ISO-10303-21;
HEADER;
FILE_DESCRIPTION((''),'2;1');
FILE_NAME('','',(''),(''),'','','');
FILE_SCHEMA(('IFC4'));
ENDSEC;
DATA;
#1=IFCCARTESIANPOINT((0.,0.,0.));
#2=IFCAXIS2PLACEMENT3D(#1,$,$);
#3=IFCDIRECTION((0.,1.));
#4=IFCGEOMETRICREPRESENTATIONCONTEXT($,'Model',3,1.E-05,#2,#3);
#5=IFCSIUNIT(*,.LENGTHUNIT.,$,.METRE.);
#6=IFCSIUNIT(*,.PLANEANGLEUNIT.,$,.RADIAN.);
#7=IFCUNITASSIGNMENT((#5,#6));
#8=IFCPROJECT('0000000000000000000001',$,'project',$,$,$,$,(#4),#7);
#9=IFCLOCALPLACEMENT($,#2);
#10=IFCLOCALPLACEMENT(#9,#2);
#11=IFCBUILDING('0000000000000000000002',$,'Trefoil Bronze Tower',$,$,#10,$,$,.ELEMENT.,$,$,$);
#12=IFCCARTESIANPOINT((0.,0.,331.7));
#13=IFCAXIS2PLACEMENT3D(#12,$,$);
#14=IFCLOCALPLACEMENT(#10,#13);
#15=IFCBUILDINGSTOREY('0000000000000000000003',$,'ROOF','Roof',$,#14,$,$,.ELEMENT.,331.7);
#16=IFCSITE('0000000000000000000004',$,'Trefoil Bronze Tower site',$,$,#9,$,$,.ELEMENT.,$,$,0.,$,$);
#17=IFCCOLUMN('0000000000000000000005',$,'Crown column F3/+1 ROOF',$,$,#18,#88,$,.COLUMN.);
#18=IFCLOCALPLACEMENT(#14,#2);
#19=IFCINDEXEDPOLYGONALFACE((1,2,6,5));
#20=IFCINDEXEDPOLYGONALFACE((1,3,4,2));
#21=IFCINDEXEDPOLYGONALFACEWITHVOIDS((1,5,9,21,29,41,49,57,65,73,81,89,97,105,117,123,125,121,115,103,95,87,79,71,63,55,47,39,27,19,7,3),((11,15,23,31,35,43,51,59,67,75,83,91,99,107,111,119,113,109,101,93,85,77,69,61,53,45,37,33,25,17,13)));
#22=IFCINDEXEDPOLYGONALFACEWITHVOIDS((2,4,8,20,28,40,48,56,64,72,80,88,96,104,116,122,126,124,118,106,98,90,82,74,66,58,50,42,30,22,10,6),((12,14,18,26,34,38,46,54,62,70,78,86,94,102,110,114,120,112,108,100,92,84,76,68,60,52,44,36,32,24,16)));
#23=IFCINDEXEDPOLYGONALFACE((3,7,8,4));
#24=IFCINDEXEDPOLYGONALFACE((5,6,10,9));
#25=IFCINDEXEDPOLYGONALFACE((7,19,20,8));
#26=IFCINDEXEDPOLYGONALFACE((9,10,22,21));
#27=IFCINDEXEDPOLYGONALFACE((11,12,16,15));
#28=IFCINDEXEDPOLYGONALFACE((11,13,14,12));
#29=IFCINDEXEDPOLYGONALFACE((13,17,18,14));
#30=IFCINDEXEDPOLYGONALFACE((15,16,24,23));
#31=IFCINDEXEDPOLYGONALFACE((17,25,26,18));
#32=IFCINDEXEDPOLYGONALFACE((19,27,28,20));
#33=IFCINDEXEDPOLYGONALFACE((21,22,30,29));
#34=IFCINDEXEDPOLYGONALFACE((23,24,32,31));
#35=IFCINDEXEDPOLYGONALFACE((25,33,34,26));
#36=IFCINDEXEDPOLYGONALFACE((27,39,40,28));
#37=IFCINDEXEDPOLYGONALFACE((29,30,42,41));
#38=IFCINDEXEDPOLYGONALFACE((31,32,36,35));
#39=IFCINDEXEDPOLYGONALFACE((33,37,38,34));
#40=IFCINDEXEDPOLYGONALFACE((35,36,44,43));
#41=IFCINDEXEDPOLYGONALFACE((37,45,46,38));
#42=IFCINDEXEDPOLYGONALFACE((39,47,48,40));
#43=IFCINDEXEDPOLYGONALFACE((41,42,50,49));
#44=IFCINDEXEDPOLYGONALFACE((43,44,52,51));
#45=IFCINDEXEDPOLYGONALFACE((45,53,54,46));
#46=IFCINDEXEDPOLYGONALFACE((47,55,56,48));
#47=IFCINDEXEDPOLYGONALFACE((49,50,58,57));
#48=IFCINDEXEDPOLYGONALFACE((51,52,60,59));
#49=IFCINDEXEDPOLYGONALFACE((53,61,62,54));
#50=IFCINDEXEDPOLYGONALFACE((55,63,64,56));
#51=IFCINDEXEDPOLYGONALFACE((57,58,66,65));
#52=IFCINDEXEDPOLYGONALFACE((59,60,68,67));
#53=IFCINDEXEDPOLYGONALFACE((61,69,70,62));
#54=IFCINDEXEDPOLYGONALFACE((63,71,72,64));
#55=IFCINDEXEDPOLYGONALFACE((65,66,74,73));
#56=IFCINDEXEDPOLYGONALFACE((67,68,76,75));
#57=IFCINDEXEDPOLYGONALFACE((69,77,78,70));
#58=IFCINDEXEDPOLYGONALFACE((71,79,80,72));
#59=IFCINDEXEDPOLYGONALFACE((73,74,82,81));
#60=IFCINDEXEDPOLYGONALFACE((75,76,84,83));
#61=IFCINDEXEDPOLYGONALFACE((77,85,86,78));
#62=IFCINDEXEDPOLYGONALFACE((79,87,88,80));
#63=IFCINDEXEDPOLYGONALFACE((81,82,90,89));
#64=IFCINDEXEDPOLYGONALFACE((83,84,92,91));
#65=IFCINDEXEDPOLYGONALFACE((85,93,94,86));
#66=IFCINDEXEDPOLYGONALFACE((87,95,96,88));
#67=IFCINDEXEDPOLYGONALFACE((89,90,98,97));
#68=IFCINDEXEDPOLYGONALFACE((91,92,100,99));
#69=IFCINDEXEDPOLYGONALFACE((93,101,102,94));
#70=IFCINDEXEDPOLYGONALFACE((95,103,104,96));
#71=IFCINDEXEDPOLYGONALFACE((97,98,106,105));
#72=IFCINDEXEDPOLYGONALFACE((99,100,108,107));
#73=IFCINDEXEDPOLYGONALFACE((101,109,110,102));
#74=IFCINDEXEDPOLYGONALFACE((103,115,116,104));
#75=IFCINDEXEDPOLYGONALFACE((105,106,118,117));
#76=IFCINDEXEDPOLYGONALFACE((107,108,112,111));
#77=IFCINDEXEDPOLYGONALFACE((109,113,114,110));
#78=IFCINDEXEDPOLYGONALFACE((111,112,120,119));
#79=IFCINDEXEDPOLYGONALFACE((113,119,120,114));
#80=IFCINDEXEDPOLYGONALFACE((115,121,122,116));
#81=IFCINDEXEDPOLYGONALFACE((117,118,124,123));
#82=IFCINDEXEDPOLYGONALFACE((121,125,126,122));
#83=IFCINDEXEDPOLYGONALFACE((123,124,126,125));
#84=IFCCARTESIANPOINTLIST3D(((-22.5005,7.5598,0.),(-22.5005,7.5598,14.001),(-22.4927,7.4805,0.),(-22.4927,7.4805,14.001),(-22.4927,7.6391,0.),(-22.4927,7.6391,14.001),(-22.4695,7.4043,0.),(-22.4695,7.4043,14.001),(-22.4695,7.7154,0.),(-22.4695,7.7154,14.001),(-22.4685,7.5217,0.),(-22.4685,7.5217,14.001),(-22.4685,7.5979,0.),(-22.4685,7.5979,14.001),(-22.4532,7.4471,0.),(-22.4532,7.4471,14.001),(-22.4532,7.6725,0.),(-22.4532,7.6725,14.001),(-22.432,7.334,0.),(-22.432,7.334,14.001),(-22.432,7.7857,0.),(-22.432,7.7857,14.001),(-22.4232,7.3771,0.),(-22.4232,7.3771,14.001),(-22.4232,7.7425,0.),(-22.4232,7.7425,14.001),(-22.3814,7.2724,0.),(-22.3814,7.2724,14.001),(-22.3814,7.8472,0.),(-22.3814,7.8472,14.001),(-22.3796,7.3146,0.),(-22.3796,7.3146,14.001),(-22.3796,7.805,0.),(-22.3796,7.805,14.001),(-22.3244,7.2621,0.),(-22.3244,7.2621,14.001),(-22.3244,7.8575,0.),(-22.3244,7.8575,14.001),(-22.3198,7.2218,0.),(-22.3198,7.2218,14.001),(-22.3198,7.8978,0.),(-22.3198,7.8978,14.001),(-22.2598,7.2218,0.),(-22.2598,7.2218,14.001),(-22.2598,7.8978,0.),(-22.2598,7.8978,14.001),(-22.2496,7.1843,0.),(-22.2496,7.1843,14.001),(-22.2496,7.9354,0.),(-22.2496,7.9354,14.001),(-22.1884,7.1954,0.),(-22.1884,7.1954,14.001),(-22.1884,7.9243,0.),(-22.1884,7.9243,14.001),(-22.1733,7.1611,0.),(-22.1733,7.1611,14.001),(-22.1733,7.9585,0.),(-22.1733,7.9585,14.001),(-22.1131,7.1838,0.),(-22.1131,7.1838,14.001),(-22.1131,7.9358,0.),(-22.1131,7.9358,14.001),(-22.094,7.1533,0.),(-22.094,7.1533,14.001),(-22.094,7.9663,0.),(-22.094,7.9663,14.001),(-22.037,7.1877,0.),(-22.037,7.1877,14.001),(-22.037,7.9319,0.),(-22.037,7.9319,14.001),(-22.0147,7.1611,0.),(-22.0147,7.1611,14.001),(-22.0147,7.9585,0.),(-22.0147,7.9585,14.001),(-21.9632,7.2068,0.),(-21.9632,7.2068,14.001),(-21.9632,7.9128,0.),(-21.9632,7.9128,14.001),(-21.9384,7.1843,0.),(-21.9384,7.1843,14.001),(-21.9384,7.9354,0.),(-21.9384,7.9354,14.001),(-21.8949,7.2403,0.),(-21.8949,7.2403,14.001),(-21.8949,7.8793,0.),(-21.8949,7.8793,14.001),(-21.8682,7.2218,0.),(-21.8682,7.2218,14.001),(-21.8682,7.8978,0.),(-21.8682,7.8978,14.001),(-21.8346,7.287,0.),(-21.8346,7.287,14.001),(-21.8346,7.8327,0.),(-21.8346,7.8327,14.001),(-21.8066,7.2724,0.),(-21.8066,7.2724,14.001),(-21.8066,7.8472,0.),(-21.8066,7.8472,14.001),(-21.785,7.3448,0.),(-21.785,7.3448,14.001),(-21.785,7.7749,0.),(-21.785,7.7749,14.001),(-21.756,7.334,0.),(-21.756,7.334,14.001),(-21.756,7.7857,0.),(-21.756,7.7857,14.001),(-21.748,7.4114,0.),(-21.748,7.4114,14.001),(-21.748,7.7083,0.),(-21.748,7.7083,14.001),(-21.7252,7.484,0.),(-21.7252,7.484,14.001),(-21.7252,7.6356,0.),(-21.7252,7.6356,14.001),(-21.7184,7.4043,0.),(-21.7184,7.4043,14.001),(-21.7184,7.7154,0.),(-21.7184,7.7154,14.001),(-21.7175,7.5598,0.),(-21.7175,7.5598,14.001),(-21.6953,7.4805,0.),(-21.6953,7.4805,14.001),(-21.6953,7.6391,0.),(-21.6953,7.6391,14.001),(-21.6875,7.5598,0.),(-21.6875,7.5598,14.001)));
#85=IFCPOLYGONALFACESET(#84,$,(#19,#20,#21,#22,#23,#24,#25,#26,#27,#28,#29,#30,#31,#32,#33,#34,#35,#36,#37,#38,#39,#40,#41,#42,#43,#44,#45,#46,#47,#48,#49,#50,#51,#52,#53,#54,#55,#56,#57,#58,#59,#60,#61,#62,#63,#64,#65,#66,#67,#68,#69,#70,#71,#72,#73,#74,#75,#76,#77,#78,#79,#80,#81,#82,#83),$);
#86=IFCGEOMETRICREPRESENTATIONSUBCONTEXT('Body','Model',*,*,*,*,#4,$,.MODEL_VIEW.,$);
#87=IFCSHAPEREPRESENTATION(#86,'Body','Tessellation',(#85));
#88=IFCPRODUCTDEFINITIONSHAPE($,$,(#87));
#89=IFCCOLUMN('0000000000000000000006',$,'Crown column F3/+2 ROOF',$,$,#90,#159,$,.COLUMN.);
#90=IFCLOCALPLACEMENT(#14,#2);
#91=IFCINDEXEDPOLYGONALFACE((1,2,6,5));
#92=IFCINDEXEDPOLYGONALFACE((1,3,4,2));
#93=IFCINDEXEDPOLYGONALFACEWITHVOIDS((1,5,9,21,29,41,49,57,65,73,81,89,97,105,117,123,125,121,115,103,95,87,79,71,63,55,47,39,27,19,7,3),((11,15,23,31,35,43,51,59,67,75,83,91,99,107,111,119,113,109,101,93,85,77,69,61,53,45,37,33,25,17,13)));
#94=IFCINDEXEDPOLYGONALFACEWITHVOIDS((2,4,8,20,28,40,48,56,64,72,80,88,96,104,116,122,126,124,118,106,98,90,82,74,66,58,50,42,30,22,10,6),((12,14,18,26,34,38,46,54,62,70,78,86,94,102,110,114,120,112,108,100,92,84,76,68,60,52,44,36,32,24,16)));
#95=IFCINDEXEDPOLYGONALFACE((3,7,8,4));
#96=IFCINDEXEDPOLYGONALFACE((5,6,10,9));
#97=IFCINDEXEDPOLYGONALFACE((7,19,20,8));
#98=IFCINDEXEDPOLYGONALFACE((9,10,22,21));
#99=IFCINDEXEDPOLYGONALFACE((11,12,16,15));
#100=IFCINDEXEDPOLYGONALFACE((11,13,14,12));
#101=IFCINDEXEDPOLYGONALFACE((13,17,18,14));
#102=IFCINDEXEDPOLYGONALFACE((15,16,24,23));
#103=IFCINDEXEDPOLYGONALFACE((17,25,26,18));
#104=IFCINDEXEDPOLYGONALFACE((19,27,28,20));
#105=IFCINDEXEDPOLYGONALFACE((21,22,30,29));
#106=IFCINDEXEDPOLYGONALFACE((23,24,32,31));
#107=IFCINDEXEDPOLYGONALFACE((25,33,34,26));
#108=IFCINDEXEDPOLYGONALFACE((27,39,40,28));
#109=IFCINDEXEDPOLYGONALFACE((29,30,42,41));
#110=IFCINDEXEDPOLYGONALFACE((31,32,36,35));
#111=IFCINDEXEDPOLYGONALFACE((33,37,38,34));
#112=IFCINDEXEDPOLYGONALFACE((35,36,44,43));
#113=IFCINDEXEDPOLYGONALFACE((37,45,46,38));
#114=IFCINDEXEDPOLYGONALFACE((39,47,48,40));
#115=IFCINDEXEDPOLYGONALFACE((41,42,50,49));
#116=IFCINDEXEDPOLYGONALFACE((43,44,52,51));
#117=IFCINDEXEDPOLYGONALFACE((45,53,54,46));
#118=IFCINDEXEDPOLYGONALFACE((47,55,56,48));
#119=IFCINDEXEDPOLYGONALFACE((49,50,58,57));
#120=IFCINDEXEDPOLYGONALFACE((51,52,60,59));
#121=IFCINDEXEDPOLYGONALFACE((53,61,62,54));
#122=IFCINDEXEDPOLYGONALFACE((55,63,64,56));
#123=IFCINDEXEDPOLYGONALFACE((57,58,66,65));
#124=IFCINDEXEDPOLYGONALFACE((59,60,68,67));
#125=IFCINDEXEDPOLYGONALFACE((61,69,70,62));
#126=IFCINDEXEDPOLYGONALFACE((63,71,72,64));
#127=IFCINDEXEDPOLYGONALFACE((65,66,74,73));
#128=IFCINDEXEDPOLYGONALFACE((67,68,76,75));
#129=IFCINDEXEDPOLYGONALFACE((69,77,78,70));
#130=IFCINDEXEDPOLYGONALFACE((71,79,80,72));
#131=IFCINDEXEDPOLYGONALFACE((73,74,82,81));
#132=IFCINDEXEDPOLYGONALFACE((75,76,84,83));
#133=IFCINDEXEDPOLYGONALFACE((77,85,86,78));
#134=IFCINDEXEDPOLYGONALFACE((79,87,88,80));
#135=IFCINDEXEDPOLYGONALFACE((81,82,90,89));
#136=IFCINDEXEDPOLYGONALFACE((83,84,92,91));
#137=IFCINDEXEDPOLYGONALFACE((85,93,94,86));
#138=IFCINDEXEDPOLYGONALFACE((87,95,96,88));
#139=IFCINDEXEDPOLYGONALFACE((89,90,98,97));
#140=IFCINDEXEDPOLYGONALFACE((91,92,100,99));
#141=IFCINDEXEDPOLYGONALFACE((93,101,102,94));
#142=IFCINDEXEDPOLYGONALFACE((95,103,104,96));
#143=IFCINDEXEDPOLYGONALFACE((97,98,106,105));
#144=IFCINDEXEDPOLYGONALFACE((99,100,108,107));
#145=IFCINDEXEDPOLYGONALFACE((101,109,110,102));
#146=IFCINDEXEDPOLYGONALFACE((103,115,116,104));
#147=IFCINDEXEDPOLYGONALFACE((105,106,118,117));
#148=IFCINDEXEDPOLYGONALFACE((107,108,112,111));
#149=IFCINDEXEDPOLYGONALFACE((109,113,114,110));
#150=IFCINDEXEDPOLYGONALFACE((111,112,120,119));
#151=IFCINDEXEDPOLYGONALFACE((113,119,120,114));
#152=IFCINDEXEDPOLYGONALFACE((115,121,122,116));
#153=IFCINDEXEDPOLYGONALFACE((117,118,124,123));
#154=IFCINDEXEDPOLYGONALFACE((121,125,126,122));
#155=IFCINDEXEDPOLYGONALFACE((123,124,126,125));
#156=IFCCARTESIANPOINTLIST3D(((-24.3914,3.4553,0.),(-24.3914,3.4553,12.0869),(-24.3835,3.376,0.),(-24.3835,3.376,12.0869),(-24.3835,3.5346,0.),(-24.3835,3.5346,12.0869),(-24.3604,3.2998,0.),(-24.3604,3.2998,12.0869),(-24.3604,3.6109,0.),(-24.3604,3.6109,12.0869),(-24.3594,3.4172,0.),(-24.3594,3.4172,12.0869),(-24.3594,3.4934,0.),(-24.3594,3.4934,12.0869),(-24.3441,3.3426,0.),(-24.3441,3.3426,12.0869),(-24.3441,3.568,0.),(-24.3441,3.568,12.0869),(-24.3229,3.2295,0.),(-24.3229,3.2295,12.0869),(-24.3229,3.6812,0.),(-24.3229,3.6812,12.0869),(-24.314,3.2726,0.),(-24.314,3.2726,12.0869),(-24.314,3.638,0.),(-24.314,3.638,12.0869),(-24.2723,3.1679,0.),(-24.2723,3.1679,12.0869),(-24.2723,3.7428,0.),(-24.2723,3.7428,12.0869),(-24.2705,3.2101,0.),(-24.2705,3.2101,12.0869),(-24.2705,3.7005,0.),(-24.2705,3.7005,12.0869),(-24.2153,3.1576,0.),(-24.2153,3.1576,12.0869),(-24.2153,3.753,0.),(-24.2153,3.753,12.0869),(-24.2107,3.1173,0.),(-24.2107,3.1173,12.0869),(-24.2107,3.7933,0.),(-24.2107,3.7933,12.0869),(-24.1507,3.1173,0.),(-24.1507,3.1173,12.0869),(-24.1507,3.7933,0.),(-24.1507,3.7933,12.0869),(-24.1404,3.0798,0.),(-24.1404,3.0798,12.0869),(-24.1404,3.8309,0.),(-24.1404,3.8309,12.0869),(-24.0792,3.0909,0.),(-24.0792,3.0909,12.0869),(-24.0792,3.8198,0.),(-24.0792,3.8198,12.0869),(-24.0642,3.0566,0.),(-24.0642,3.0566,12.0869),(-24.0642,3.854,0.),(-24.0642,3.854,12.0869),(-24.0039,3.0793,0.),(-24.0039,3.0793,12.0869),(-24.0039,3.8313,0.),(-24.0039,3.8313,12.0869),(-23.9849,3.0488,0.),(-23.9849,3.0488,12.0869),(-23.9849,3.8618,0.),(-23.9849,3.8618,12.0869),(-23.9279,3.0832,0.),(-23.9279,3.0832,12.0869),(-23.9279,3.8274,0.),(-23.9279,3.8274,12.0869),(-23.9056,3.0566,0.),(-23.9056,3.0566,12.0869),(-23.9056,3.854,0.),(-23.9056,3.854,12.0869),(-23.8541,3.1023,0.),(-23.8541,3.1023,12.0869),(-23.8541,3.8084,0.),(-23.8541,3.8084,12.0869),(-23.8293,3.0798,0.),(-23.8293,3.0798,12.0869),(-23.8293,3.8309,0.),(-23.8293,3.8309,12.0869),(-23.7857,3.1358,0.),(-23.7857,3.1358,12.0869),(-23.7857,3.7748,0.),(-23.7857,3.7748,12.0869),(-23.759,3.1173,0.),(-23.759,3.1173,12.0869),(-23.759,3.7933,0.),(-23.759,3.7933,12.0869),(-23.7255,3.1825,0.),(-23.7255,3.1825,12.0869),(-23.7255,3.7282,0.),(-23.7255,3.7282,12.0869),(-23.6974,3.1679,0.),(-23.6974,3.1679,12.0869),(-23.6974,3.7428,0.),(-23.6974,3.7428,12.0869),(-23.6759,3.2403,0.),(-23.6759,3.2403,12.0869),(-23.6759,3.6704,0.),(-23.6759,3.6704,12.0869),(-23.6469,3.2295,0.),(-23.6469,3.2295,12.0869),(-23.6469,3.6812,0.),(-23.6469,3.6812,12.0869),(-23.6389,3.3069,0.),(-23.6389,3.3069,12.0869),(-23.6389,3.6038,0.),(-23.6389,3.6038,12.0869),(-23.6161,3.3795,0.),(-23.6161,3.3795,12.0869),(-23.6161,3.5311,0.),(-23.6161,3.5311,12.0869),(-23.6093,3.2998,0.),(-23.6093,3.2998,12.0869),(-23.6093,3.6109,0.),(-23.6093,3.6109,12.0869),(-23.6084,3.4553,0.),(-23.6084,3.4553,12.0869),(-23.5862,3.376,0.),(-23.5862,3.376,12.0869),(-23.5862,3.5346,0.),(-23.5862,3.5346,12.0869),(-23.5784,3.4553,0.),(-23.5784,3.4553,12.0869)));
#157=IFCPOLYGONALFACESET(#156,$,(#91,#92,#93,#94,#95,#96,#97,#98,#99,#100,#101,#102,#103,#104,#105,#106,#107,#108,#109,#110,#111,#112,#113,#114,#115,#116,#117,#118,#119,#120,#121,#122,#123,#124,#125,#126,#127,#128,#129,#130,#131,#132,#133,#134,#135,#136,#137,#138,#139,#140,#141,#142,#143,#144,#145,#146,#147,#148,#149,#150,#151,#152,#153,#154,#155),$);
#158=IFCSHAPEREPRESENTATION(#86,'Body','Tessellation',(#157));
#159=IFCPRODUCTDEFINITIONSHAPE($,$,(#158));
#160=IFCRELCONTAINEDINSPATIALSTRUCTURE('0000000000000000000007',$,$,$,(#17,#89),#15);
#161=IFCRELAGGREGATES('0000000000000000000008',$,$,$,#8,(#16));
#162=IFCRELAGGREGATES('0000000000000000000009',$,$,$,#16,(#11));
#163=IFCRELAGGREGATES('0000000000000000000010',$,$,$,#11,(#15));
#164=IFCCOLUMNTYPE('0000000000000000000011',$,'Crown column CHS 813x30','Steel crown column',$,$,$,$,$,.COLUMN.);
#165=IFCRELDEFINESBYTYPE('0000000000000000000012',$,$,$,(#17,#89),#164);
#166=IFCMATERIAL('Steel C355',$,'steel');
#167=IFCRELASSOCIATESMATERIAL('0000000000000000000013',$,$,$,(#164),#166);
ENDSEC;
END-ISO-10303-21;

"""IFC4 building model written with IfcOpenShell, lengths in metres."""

from ifc_helpers import new_model, si_unit, direction, frame, origin, origin_2d, place, context, subcontext, project, spatial, hollow_circle, extrude, material, material_profile, profile_set, type_object, element, save


model = new_model("IFC4")

# Units and contexts
model_context = context("Model", 3, precision=1e-05, world=origin(), true_north=direction((0.0, 1.0)))
body_context = subcontext(model_context, "Body", "Model", "MODEL_VIEW")
ifc_project = project(units=[si_unit("LENGTHUNIT", "METRE"), si_unit("PLANEANGLEUNIT", "RADIAN")], contexts=[model_context])

# Site, building, storey
site_placement = place(None, origin())
site = spatial("IfcSite", under=ifc_project, at=site_placement, Name="Trefoil Bronze Tower site", CompositionType="ELEMENT", RefElevation=0.0)
building_placement = place(site_placement, origin())
building = spatial("IfcBuilding", under=site, at=building_placement, Name="Trefoil Bronze Tower", CompositionType="ELEMENT")
storey_placement = place(building_placement, frame((0.0, 0.0, 331.7)))
storey = spatial("IfcBuildingStorey", under=building, at=storey_placement, Name="ROOF", Description="Roof", CompositionType="ELEMENT", Elevation=331.7)

# Columns
ifc_material_1 = material(Name="Steel C355", Category="steel")
ifc_material_profile_1 = material_profile(ifc_material_1, hollow_circle(Radius=0.4065, WallThickness=0.03, at=origin_2d()), Name="CHS 813x30")
ifc_profile_set_1 = profile_set([ifc_material_profile_1], Name="Steel C355")
column_type_1 = type_object("IfcColumnType", Name="Crown column CHS 813x30", Description="Steel crown column", PredefinedType="COLUMN", material=ifc_profile_set_1)
column_1_placement = place(storey_placement, frame((-22.094, 7.5598, 0.0), z_axis=(0.0, 0.0, 1.0), x_axis=(1.0, 0.0, 0.0)))
element("IfcColumn", 1, at=column_1_placement, inside=storey, type_object=column_type_1, Name="Crown column F3/+1 ROOF", PredefinedType="COLUMN", context=body_context, shape_type="SweptSolid", body=[
    extrude(hollow_circle(Radius=0.4065, WallThickness=0.03, at=origin_2d()), origin(), (0.0, 0.0, 1.0), 14.001),
])
column_2_placement = place(storey_placement, frame((-23.9849, 3.4553, 0.0), z_axis=(0.0, 0.0, 1.0), x_axis=(1.0, 0.0, 0.0)))
element("IfcColumn", 2, at=column_2_placement, inside=storey, type_object=column_type_1, Name="Crown column F3/+2 ROOF", PredefinedType="COLUMN", context=body_context, shape_type="SweptSolid", body=[
    extrude(hollow_circle(Radius=0.4065, WallThickness=0.03, at=origin_2d()), origin(), (0.0, 0.0, 1.0), 12.0869),
])

save(model, "model.ifc")
